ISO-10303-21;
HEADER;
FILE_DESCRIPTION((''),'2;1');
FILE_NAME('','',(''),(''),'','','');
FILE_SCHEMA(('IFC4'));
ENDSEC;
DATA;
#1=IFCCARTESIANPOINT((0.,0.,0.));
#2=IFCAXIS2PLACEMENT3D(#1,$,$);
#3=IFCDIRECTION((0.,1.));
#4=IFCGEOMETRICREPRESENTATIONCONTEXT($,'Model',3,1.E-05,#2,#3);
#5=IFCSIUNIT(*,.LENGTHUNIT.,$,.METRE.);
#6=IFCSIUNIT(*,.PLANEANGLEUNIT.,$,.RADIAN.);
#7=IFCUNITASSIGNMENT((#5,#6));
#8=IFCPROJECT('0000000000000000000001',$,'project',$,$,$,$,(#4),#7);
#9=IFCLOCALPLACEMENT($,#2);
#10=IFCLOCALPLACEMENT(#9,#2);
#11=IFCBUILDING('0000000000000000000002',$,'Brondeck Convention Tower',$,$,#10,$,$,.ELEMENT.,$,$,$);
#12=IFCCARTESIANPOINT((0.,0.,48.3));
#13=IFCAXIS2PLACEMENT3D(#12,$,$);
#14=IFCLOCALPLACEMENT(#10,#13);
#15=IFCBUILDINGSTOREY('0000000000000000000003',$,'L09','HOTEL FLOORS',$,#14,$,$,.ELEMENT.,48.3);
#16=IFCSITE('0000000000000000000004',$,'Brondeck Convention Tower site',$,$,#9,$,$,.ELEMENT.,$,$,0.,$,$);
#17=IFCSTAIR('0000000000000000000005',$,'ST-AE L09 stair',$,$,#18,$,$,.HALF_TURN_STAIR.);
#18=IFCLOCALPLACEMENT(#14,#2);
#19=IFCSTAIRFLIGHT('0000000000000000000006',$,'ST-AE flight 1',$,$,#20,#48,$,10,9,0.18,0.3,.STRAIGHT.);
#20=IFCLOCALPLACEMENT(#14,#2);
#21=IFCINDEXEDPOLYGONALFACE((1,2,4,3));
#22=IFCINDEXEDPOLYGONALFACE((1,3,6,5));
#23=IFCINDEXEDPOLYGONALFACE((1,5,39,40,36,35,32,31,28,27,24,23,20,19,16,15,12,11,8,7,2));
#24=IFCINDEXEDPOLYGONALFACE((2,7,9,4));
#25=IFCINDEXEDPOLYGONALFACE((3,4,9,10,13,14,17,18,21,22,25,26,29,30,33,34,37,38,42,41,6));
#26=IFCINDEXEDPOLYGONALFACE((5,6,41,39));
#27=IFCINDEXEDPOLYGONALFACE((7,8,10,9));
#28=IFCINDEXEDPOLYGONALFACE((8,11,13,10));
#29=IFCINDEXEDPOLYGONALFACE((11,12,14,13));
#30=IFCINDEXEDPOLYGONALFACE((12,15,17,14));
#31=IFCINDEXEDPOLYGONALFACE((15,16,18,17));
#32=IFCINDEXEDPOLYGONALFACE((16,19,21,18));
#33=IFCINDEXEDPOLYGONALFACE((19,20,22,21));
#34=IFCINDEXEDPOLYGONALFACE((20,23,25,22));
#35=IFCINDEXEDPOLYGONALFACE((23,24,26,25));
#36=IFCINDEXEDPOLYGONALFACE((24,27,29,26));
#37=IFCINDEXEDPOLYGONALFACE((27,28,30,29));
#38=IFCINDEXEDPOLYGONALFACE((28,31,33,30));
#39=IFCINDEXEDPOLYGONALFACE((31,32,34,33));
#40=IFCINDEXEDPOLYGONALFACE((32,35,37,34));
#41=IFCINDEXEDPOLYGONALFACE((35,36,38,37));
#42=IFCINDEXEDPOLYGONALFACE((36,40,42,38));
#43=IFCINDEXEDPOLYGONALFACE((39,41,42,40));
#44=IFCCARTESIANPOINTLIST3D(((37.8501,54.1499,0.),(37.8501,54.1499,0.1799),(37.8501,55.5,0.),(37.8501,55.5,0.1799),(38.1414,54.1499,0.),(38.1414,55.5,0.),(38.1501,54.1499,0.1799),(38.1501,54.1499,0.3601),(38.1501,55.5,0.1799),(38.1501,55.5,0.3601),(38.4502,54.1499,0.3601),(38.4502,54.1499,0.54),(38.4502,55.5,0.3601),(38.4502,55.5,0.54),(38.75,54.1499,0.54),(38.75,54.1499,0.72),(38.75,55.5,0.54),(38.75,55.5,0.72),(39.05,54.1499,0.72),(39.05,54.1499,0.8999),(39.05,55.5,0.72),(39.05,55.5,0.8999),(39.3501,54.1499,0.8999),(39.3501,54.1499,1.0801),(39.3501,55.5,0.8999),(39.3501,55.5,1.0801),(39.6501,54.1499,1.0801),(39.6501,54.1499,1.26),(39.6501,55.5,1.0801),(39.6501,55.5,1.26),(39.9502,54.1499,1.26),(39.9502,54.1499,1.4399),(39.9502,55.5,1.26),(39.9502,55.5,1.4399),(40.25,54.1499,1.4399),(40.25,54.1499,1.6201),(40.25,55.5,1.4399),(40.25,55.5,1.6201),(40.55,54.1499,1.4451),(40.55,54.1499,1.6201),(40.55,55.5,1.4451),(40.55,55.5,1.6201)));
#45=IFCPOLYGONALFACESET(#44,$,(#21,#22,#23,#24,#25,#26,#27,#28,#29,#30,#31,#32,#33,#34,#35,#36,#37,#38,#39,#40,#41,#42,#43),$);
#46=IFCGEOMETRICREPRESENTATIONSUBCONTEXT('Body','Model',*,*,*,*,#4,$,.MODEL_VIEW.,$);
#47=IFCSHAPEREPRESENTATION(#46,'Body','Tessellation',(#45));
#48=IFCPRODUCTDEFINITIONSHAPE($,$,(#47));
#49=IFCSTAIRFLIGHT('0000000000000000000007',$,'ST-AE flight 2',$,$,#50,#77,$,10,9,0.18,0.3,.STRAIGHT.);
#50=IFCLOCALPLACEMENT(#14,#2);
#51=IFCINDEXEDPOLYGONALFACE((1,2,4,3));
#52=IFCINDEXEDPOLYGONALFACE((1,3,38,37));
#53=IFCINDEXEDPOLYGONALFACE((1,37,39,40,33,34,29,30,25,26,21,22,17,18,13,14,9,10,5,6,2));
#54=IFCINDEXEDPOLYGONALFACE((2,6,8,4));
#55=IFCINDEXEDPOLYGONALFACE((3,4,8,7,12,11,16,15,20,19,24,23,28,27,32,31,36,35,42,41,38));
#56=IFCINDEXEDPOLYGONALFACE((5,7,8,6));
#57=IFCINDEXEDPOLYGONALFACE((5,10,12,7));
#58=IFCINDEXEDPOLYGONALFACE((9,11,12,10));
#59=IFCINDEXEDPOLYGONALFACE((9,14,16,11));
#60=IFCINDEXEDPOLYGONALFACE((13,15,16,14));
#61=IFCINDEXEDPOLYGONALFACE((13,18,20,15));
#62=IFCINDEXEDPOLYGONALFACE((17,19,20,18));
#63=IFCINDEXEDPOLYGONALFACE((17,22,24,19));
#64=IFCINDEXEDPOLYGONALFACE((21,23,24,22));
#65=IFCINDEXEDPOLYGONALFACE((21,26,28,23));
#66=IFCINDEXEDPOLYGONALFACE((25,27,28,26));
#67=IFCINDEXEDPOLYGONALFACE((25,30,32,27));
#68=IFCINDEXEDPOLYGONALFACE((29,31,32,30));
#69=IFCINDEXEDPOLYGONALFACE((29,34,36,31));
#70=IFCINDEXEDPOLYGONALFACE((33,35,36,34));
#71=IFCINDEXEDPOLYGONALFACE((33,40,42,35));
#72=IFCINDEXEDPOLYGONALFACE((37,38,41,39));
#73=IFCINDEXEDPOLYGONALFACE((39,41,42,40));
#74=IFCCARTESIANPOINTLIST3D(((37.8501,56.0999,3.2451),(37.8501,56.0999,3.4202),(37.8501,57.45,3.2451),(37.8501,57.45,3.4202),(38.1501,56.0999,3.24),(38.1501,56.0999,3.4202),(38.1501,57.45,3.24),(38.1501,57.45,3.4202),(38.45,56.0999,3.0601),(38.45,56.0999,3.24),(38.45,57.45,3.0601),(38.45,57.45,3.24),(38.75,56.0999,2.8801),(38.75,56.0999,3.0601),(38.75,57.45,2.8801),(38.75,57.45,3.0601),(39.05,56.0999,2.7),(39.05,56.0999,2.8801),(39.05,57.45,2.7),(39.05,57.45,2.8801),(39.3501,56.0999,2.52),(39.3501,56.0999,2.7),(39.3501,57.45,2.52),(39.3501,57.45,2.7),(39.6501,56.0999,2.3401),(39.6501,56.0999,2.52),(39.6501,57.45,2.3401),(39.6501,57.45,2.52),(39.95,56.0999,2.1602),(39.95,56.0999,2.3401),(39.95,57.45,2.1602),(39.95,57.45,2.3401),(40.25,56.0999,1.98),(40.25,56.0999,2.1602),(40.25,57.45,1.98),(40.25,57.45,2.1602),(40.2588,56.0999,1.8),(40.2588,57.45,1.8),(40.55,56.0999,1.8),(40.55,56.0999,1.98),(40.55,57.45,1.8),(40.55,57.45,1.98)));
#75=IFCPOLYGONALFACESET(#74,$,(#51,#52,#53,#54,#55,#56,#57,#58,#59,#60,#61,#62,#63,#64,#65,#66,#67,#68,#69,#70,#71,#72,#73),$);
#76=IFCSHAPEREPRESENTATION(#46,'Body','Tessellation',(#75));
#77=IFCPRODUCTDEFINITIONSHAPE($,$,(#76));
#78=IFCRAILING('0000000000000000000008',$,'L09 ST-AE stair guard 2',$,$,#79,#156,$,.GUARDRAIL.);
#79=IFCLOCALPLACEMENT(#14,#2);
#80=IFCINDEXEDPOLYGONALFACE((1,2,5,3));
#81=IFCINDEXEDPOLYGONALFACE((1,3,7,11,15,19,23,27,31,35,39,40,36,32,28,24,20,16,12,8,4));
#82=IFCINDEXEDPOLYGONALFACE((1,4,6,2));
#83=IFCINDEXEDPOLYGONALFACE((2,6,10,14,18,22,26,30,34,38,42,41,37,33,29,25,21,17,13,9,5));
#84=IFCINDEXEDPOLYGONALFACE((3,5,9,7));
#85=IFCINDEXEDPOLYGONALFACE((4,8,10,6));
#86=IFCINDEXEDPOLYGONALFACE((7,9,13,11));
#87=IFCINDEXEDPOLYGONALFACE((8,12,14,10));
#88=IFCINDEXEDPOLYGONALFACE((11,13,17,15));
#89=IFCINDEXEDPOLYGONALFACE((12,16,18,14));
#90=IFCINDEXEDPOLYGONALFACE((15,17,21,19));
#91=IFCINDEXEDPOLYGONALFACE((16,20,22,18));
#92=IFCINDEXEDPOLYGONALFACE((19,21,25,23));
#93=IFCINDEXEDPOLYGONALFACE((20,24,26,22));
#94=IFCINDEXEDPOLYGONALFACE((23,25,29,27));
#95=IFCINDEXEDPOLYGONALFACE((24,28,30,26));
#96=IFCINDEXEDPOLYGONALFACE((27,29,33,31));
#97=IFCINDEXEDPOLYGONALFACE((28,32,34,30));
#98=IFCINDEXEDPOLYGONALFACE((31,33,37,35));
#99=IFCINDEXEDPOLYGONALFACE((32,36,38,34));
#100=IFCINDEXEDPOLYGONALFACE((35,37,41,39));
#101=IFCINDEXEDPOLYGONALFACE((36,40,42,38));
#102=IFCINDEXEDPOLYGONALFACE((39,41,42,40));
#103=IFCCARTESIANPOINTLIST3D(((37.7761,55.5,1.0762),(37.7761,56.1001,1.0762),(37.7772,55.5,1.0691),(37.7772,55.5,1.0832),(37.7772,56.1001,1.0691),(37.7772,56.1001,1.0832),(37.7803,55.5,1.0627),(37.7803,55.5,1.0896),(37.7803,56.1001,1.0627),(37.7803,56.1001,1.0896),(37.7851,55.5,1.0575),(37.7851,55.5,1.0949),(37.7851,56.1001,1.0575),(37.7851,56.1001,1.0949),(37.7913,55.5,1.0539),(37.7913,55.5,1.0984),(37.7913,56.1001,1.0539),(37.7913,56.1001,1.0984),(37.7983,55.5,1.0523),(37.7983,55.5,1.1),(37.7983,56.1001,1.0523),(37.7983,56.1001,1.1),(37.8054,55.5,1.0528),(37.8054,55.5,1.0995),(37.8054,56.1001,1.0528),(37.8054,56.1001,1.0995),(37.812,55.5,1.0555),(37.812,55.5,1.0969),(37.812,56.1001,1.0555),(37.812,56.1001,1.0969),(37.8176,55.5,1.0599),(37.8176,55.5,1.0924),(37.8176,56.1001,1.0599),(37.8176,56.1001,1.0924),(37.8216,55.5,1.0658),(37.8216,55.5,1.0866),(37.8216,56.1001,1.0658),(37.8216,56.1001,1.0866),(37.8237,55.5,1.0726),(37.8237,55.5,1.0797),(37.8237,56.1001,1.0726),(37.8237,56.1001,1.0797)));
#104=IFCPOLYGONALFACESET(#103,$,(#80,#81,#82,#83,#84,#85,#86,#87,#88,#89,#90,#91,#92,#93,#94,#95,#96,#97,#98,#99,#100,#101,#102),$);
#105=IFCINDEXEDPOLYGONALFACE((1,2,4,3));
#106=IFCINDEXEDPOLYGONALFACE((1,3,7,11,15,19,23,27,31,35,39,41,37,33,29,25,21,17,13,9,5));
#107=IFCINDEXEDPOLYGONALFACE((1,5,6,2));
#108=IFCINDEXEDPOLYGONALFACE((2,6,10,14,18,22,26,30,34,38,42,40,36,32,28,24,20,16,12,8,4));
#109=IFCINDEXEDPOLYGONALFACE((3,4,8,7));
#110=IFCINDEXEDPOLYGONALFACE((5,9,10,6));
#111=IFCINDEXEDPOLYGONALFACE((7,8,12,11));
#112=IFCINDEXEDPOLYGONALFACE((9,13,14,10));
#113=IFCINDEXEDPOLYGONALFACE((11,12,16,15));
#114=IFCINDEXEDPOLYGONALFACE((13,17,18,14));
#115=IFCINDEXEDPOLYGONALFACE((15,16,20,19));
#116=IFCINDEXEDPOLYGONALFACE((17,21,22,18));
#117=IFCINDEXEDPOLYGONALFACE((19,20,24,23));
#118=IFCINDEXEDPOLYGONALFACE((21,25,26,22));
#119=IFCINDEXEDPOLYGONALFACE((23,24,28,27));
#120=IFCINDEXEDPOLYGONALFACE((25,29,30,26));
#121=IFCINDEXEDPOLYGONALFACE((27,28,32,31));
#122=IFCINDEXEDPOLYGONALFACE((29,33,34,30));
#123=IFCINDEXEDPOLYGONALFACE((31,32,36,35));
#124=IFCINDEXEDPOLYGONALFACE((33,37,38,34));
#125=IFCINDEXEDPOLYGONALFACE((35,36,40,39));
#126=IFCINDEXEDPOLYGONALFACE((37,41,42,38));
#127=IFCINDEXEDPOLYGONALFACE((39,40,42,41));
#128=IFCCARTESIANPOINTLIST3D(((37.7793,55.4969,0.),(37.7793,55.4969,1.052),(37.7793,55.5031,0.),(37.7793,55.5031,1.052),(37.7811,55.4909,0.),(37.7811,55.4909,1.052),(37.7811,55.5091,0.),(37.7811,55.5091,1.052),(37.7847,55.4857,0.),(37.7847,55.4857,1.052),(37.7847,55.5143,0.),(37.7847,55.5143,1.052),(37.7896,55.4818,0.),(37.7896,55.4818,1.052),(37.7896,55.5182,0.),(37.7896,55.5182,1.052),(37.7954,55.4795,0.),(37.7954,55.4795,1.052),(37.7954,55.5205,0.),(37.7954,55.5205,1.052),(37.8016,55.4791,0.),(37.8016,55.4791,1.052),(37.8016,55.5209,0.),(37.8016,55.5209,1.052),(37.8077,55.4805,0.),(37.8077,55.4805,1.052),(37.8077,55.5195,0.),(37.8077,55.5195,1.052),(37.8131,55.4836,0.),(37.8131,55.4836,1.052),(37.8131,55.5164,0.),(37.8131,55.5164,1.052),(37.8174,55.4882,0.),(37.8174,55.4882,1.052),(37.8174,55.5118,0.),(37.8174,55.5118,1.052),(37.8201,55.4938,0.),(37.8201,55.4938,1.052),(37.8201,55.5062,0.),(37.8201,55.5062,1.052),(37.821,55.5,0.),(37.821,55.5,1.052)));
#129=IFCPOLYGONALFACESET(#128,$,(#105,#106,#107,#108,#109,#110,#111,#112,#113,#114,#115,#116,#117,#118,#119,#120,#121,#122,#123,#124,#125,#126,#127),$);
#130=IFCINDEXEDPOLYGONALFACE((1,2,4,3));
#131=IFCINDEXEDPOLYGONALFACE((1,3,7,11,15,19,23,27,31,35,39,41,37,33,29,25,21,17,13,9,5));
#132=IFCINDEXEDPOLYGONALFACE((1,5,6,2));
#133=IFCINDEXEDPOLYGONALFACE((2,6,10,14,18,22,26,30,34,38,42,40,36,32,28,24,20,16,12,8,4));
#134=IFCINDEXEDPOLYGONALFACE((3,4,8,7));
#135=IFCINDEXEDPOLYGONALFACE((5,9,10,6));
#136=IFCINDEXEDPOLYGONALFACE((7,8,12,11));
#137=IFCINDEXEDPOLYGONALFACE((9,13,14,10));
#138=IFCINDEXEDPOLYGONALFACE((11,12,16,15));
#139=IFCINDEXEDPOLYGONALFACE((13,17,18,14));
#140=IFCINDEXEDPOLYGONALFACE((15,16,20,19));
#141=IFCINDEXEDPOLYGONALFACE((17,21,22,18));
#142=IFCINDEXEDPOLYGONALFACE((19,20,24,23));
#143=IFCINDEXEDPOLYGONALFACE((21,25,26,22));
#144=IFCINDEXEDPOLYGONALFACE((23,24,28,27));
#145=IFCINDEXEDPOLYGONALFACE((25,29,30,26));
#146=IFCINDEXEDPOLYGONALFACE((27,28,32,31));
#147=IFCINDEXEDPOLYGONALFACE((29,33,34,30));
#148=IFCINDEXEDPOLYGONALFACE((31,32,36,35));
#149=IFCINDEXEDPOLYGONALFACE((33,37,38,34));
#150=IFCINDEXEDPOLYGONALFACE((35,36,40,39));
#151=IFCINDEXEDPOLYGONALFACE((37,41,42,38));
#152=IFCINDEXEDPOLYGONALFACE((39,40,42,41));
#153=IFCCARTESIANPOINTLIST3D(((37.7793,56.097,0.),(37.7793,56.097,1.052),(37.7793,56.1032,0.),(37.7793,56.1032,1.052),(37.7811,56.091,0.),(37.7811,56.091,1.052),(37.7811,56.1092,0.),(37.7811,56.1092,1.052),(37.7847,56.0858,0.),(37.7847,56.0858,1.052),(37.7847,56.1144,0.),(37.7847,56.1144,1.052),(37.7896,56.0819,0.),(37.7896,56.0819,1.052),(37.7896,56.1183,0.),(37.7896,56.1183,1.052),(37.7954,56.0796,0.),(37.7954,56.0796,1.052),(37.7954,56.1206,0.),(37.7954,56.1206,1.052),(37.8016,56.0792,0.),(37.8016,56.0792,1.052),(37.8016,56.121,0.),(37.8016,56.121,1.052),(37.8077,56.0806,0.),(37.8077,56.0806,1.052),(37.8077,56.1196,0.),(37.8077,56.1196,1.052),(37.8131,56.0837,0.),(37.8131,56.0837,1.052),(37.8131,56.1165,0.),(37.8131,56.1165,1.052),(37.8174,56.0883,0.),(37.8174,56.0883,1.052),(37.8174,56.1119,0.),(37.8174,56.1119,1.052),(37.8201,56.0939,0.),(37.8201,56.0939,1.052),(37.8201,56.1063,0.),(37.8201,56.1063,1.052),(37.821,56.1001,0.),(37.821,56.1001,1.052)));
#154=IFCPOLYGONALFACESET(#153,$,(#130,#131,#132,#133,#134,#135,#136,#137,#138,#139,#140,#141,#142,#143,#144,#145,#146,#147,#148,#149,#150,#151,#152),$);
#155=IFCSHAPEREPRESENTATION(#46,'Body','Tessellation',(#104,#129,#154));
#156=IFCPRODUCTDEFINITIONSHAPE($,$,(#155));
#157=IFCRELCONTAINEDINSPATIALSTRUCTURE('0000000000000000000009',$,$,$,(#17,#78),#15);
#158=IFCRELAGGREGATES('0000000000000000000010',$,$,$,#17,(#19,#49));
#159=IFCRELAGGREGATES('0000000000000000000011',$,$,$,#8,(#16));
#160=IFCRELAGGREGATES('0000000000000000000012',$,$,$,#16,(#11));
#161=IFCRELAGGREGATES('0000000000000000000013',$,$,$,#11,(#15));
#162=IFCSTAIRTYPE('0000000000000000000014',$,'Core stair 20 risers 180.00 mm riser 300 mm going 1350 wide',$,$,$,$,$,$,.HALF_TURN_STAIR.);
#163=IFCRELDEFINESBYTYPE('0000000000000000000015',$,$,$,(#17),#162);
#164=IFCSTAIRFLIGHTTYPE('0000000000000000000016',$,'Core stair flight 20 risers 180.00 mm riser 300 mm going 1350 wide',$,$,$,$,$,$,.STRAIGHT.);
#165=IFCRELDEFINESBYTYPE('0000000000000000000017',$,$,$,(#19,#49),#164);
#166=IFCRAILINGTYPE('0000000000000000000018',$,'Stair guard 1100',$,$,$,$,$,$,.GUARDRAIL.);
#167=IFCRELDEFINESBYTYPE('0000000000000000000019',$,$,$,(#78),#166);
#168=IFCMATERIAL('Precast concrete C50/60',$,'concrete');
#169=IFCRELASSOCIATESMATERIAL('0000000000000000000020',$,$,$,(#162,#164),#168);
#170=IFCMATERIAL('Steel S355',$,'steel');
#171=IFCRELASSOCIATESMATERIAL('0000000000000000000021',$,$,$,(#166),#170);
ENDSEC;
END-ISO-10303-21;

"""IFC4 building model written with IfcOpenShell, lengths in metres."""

from ifc_helpers import new_model, si_unit, direction, frame, origin, origin_2d, place, context, subcontext, project, spatial, polyline, circle, outline, extrude, material, type_object, element, aggregate, save


model = new_model("IFC4")

# Units and contexts
model_context = context("Model", 3, precision=1e-05, world=origin(), true_north=direction((0.0, 1.0)))
body_context = subcontext(model_context, "Body", "Model", "MODEL_VIEW")
ifc_project = project(units=[si_unit("LENGTHUNIT", "METRE"), si_unit("PLANEANGLEUNIT", "RADIAN")], contexts=[model_context])

# Site, building, storey
site_placement = place(None, origin())
site = spatial("IfcSite", under=ifc_project, at=site_placement, Name="Brondeck Convention Tower site", CompositionType="ELEMENT", RefElevation=0.0)
building_placement = place(site_placement, origin())
building = spatial("IfcBuilding", under=site, at=building_placement, Name="Brondeck Convention Tower", CompositionType="ELEMENT")
storey_placement = place(building_placement, frame((0.0, 0.0, 48.3)))
storey = spatial("IfcBuildingStorey", under=building, at=storey_placement, Name="L09", Description="HOTEL FLOORS", CompositionType="ELEMENT", Elevation=48.3)

# Stair, stair flights
ifc_material_1 = material(Name="Precast concrete C50/60", Category="concrete")
stair_type = type_object("IfcStairType", Name="Core stair 20 risers 180.00 mm riser 300 mm going 1350 wide", PredefinedType="HALF_TURN_STAIR", material=ifc_material_1)
stair_placement = place(storey_placement, origin())
stair = element("IfcStair", 1, at=stair_placement, inside=storey, type_object=stair_type, Name="ST-AE L09 stair", PredefinedType="HALF_TURN_STAIR")
stair_flight_type = type_object("IfcStairFlightType", Name="Core stair flight 20 risers 180.00 mm riser 300 mm going 1350 wide", PredefinedType="STRAIGHT", material=ifc_material_1)
stair_flight_1_placement = place(storey_placement, frame((37.8501, 54.825, 0.0), z_axis=(0.0, 0.0, 1.0), x_axis=(1.0, 0.0, 0.0)))
stair_flight_1 = element("IfcStairFlight", 2, at=stair_flight_1_placement, type_object=stair_flight_type, Name="ST-AE flight 1", NumberOfRisers=10, NumberOfTreads=9, PredefinedType="STRAIGHT", RiserHeight=0.18, TreadLength=0.3, context=body_context, shape_type="SweptSolid", body=[
    extrude(outline(polyline([(0.0, 0.0), (0.0, 0.1799), (0.3, 0.1799), (0.3, 0.3601), (0.6001, 0.3601), (0.6001, 0.54), (0.8999, 0.54), (0.8999, 0.72), (1.2, 0.72), (1.2, 0.8999), (1.5, 0.8999), (1.5, 1.0801), (1.8, 1.0801), (1.8, 1.26), (2.1001, 1.26), (2.1001, 1.4399), (2.3999, 1.4399), (2.3999, 1.6201), (2.7, 1.6201), (2.7, 1.8), (2.7, 1.4451), (0.2913, 0.0), (0.0, 0.0)])), frame((0.0, 0.675, 0.0), z_axis=(0.0, -1.0, 0.0), x_axis=(1.0, 0.0, 0.0)), (0.0, 0.0, 1.0), 1.3501),
])
stair_flight_2_placement = place(storey_placement, frame((40.55, 56.7749, 1.8), z_axis=(0.0, 0.0, 1.0), x_axis=(-1.0, 0.0, 0.0)))
stair_flight_2 = element("IfcStairFlight", 3, at=stair_flight_2_placement, type_object=stair_flight_type, Name="ST-AE flight 2", NumberOfRisers=10, NumberOfTreads=9, PredefinedType="STRAIGHT", RiserHeight=0.18, TreadLength=0.3, context=body_context, shape_type="SweptSolid", body=[
    extrude(outline(polyline([(0.0, 0.0), (0.0, 0.1799), (0.3, 0.1799), (0.3, 0.3601), (0.6001, 0.3601), (0.6001, 0.54), (0.8999, 0.54), (0.8999, 0.72), (1.2, 0.72), (1.2, 0.8999), (1.5, 0.8999), (1.5, 1.0801), (1.8, 1.0801), (1.8, 1.26), (2.1001, 1.26), (2.1001, 1.4399), (2.3999, 1.4399), (2.3999, 1.6201), (2.7, 1.6201), (2.7, 1.8), (2.7, 1.4451), (0.2913, 0.0), (0.0, 0.0)])), frame((0.0, 0.675, 0.0), z_axis=(0.0, -1.0, 0.0), x_axis=(1.0, 0.0, 0.0)), (0.0, 0.0, 1.0), 1.3501),
])
aggregate(stair, [stair_flight_1, stair_flight_2])

# Railing
ifc_material_2 = material(Name="Steel S355", Category="steel")
railing_type_1 = type_object("IfcRailingType", Name="Stair guard 1100", PredefinedType="GUARDRAIL", material=ifc_material_2)
railing_1_placement = place(storey_placement, frame((37.8, 55.5, 0.0)))
element("IfcRailing", 4, at=railing_1_placement, inside=storey, type_object=railing_type_1, Name="L09 ST-AE stair guard 2", PredefinedType="GUARDRAIL", context=body_context, shape_type="SweptSolid", body=[
    extrude(circle(Radius=0.0239, at=origin_2d()), frame((0.0, 0.0, 1.0762), z_axis=(0.0, 1.0, 0.0), x_axis=(-1.0, 0.0, 0.0)), (0.0, 0.0, 1.0), 0.6001),
    extrude(circle(Radius=0.021, at=origin_2d()), origin(), (0.0, 0.0, 1.0), 1.052),
    extrude(circle(Radius=0.021, at=origin_2d()), frame((0.0, 0.6001, 0.0)), (0.0, 0.0, 1.0), 1.052),
])

save(model, "model.ifc")
